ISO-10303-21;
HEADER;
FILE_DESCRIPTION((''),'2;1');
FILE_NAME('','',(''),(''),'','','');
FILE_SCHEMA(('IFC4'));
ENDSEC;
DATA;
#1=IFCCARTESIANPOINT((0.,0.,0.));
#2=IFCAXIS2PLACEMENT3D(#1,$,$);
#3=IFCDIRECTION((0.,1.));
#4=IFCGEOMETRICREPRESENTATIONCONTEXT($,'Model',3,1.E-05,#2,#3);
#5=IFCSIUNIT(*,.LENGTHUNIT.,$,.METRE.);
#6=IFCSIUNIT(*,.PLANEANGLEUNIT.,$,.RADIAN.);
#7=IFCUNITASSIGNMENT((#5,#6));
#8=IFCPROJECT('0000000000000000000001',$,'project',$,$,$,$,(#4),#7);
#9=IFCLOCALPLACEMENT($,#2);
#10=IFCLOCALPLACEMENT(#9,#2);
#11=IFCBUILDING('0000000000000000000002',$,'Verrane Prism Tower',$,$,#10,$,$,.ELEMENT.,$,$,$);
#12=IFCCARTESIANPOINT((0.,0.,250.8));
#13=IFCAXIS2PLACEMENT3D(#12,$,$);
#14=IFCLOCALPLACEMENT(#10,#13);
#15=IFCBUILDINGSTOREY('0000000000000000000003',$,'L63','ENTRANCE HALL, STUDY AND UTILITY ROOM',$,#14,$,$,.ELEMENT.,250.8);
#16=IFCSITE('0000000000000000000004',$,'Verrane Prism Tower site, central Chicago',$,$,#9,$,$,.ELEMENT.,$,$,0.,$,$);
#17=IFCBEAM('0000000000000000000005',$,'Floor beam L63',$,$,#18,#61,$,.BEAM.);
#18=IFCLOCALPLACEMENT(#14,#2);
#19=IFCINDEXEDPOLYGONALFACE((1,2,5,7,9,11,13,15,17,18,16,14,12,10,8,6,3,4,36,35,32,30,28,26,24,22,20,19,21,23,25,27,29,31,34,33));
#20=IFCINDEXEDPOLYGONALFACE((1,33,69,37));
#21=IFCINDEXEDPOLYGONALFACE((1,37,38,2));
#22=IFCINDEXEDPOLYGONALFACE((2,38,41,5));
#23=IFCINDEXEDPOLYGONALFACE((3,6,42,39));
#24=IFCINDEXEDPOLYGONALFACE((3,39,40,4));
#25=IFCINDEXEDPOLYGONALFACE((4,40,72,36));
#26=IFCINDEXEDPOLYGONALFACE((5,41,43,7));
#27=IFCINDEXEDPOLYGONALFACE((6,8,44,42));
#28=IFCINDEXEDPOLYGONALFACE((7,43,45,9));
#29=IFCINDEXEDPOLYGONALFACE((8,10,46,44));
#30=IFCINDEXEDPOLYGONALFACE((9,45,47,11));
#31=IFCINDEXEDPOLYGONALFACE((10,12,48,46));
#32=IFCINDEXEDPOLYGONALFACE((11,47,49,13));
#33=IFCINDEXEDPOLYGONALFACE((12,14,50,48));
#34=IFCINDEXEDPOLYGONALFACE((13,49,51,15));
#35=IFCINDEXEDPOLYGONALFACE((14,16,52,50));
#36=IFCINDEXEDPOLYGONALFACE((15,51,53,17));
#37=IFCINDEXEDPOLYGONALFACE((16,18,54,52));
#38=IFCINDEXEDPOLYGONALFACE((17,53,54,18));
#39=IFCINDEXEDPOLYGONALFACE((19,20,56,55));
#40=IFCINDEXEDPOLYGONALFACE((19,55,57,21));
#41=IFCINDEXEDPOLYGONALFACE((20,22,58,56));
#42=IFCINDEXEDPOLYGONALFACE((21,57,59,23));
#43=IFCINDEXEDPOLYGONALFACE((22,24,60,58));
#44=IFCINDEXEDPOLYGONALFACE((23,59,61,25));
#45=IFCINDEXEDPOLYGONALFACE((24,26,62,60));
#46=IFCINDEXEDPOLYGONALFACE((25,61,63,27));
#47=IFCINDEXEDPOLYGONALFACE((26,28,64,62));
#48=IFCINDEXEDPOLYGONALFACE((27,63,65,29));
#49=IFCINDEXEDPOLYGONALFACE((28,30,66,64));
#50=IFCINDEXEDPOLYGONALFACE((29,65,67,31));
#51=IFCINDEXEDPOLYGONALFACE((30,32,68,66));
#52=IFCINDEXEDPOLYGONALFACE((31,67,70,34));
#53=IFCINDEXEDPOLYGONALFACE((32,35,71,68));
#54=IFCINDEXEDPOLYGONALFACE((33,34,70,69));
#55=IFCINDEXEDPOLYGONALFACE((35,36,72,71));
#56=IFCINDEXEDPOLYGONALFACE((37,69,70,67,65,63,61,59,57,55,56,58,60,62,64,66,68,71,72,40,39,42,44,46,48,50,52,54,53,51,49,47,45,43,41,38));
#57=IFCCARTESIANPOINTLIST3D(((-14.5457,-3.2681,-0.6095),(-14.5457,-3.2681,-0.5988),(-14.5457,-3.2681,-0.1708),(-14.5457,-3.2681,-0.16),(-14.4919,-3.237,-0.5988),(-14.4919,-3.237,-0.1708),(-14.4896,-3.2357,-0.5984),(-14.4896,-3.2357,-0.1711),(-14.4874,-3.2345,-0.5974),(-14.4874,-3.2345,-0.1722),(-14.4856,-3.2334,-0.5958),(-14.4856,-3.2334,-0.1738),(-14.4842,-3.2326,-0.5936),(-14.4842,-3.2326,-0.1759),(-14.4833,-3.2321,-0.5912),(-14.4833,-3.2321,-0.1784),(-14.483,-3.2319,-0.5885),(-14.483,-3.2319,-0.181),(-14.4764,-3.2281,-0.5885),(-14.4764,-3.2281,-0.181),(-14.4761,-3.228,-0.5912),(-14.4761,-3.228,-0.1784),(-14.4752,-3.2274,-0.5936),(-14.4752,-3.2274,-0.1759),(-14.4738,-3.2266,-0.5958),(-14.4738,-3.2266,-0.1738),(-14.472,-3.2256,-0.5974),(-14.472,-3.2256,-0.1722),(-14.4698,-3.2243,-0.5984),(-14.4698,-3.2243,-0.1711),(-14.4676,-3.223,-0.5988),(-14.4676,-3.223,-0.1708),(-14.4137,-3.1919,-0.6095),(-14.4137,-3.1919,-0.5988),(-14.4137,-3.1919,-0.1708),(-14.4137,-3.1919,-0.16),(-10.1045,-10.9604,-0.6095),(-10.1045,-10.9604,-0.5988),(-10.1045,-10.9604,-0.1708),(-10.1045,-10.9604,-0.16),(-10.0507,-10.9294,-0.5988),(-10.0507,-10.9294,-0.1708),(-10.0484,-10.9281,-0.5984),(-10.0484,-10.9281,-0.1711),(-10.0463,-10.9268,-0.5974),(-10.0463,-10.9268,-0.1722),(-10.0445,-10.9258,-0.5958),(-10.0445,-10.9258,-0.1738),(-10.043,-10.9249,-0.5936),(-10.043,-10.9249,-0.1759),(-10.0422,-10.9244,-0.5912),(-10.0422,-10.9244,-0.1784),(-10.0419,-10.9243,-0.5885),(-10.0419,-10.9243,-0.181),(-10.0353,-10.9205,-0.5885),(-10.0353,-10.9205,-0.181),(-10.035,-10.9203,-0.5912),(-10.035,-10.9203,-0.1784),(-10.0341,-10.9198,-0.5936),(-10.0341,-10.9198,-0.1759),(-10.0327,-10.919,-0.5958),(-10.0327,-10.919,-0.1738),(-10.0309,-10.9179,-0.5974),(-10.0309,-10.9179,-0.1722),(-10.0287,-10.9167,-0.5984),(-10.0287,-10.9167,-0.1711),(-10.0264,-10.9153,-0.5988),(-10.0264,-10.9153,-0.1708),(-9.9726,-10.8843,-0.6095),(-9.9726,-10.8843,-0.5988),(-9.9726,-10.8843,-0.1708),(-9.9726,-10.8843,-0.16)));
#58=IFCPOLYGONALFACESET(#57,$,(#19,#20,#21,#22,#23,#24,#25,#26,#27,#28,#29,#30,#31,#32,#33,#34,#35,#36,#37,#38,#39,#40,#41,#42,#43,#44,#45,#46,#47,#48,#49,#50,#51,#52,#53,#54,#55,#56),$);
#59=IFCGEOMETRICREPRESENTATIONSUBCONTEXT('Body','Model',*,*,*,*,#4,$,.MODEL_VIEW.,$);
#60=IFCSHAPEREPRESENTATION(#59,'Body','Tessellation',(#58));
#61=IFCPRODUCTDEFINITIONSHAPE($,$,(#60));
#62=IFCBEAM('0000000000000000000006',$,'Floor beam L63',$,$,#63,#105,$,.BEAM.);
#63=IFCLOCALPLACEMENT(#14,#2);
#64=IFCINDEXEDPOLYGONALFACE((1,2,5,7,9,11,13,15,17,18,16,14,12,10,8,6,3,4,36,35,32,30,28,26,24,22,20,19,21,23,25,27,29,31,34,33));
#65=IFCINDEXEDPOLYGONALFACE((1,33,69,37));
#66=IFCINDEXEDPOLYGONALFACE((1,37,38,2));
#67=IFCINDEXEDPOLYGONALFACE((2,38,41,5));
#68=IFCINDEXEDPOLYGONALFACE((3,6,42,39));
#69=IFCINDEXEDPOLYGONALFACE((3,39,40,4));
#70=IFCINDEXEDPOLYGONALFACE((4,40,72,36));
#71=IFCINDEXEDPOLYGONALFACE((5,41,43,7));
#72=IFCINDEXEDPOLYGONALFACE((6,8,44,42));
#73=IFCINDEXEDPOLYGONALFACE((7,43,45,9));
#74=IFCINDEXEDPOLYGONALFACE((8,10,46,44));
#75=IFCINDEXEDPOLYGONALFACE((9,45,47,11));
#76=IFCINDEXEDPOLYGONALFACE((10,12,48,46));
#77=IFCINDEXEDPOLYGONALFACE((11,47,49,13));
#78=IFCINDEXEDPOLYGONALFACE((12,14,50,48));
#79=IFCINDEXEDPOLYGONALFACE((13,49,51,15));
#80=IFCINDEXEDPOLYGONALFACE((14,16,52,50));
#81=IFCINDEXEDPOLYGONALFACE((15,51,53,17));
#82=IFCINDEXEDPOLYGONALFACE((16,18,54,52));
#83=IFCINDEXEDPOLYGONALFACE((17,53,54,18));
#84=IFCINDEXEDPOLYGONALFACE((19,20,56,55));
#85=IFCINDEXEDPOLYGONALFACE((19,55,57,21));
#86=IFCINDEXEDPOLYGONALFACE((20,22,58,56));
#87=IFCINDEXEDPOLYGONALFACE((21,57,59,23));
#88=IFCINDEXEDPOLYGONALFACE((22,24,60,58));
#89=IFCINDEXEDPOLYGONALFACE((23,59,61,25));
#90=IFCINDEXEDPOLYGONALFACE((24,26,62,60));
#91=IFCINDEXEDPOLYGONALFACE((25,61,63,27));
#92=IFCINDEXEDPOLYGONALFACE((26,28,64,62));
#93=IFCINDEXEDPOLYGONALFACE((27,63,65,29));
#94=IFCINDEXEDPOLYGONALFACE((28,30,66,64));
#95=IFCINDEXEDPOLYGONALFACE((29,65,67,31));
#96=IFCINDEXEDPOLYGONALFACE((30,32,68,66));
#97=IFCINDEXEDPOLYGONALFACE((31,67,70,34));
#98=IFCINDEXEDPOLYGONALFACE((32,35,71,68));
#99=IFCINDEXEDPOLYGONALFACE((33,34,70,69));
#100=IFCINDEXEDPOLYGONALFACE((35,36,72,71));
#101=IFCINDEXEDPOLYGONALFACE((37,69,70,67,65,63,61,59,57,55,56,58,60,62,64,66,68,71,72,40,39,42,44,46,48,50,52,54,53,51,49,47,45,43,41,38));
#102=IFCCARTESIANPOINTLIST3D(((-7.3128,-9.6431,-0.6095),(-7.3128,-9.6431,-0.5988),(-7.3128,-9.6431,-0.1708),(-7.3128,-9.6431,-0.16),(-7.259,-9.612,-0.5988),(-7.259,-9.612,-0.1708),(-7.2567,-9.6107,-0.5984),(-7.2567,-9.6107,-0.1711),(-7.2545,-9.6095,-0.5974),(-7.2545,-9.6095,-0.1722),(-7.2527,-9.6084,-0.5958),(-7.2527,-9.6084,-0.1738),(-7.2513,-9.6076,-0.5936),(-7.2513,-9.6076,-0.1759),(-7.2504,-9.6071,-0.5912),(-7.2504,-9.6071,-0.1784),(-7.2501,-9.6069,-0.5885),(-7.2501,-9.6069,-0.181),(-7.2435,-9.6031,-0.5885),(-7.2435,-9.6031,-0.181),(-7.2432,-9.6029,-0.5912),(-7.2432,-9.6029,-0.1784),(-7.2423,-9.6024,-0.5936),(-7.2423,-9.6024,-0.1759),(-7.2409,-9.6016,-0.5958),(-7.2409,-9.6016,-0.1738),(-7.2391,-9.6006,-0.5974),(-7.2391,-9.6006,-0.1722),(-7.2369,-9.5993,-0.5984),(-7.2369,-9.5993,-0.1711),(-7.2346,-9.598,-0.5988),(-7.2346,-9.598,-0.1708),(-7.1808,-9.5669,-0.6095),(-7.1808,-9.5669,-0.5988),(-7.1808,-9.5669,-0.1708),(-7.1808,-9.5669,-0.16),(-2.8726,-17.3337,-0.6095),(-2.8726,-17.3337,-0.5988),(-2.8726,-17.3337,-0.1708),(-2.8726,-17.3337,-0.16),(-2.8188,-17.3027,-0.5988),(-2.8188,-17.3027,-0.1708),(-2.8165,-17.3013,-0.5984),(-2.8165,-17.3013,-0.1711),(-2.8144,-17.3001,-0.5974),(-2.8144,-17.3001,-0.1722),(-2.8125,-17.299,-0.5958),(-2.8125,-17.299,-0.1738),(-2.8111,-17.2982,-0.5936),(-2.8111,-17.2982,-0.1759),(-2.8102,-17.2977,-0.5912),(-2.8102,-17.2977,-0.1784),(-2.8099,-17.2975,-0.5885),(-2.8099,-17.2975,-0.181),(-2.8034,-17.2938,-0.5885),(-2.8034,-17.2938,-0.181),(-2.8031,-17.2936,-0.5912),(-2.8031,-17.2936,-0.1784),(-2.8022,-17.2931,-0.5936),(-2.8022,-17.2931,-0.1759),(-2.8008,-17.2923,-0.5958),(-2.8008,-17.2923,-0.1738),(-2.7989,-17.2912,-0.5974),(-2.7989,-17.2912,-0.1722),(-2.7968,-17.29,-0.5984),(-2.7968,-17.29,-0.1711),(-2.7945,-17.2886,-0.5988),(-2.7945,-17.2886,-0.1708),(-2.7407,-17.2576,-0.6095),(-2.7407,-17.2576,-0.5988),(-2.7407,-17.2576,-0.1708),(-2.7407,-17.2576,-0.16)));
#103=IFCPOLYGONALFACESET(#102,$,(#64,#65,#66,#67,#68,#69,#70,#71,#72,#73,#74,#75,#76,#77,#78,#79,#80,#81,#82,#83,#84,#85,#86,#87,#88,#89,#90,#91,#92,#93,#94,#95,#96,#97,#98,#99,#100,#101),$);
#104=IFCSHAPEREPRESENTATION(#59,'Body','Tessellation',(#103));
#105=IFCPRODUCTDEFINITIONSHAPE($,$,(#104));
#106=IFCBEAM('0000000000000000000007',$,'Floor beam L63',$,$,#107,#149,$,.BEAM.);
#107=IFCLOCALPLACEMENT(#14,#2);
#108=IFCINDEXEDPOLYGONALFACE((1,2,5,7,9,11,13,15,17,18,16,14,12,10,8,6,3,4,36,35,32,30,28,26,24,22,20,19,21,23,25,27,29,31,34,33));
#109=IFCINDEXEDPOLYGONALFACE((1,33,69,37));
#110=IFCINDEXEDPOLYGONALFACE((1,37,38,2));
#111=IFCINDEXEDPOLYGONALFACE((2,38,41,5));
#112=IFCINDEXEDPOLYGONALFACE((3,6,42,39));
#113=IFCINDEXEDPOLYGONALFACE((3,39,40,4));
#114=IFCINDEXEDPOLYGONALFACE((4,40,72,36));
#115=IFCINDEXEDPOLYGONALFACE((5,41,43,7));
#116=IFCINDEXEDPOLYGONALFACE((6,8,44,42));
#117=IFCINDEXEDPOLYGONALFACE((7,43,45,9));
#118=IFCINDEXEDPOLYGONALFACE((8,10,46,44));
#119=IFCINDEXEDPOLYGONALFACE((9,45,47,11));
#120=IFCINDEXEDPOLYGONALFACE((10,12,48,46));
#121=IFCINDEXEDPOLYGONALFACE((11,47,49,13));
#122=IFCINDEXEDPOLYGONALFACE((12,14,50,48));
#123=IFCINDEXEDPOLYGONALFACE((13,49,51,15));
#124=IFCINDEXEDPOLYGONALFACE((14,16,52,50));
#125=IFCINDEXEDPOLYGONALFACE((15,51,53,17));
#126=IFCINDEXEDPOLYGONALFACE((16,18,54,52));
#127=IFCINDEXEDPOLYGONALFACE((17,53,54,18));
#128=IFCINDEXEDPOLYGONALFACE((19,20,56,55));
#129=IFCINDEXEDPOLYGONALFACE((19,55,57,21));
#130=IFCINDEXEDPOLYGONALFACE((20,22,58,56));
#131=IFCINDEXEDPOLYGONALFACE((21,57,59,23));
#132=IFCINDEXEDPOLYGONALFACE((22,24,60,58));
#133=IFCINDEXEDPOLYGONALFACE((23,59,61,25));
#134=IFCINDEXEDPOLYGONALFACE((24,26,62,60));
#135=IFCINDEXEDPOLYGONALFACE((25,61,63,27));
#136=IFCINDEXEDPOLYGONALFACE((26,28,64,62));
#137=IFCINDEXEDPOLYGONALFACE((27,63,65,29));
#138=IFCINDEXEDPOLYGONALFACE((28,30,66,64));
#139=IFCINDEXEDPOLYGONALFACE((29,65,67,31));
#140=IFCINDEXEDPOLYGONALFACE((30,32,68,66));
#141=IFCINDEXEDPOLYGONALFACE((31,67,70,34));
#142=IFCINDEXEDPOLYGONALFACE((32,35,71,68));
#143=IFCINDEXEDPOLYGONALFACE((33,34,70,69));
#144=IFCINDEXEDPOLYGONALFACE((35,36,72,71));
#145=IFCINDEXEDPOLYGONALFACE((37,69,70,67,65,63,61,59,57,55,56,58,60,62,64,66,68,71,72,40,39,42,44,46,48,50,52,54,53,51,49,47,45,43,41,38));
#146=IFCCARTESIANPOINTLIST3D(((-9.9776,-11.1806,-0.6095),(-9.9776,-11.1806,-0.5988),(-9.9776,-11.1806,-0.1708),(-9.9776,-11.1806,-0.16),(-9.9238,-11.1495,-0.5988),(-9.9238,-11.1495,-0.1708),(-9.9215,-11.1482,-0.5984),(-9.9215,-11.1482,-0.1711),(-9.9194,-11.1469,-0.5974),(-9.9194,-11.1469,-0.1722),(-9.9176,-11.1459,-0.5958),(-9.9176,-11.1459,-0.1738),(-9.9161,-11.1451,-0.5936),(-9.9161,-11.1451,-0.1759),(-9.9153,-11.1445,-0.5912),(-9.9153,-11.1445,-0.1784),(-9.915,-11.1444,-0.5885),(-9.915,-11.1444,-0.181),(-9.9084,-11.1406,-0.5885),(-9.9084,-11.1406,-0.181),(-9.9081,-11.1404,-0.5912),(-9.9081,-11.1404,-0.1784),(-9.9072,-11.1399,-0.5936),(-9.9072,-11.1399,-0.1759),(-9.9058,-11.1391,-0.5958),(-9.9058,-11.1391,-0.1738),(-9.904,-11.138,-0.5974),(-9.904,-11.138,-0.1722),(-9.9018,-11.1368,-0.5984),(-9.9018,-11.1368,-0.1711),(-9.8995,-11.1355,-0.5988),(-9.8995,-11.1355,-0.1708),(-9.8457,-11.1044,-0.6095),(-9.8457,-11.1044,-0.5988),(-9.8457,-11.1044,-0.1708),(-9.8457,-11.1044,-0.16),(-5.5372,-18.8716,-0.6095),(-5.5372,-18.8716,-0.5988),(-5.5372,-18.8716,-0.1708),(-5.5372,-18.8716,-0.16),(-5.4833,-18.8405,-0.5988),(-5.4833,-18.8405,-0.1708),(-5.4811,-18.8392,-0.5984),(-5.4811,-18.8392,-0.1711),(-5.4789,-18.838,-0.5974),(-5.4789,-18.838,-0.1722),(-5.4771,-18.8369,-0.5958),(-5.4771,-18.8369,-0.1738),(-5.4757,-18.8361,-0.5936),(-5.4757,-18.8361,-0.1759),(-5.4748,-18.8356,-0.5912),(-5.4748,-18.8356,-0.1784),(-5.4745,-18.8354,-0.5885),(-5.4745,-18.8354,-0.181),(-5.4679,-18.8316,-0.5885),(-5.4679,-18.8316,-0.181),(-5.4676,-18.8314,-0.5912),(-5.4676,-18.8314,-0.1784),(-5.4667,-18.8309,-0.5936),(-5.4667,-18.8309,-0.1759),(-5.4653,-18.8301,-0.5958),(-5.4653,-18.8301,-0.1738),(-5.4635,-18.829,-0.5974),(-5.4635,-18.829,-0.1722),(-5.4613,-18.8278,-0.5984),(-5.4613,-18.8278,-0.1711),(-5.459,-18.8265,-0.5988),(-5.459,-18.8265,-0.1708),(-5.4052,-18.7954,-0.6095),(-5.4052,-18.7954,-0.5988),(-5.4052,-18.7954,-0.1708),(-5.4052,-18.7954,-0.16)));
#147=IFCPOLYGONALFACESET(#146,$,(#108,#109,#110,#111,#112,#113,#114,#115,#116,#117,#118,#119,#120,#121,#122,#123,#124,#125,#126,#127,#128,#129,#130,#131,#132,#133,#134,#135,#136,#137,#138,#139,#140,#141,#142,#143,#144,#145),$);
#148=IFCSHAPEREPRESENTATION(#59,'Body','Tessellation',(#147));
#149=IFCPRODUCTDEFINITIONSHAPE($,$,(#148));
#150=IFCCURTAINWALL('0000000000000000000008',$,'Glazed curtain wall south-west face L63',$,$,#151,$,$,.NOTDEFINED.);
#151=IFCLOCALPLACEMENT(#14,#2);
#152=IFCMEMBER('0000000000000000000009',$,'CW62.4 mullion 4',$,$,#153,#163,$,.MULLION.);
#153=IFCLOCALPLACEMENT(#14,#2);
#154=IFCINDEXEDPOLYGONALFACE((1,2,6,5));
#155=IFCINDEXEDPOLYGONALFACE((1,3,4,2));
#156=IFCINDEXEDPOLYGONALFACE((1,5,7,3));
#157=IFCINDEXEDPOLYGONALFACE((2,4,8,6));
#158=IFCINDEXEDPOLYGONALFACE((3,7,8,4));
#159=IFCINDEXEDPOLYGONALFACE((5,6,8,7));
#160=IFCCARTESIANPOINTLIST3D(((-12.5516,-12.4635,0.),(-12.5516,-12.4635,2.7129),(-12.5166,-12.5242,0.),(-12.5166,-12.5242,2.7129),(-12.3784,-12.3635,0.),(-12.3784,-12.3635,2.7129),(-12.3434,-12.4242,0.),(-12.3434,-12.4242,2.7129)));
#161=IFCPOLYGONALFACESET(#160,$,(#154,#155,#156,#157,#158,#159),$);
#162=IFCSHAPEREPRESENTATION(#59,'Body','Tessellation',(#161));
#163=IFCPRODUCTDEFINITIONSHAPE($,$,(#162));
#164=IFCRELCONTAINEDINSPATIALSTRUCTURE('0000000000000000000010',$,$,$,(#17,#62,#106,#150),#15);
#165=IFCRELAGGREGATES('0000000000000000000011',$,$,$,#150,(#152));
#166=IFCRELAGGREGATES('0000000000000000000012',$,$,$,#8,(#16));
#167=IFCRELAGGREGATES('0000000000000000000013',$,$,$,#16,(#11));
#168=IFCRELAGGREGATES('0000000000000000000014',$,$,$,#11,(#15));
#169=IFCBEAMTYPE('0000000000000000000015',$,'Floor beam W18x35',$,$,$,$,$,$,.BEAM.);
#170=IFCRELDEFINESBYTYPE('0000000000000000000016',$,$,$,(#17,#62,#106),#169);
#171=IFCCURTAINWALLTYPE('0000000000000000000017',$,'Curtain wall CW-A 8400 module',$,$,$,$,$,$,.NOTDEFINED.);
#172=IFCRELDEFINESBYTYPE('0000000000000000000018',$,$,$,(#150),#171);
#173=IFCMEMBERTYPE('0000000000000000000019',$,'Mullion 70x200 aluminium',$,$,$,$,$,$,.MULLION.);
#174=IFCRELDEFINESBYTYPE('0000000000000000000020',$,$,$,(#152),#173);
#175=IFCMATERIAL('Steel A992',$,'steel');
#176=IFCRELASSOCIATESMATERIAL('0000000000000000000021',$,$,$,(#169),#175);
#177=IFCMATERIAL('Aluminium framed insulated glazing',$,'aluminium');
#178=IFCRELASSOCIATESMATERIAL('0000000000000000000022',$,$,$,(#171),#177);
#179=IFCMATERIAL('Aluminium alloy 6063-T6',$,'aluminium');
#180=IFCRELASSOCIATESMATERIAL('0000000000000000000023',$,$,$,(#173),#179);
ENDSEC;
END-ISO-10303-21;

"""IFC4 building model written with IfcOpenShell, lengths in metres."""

from ifc_helpers import new_model, si_unit, direction, frame, origin, origin_2d, place, context, subcontext, project, spatial, rectangle, i_section, extrude, material, material_profile, profile_set, type_object, element, aggregate, save


model = new_model("IFC4")

# Units and contexts
model_context = context("Model", 3, precision=1e-05, world=origin(), true_north=direction((0.0, 1.0)))
body_context = subcontext(model_context, "Body", "Model", "MODEL_VIEW")
ifc_project = project(units=[si_unit("LENGTHUNIT", "METRE"), si_unit("PLANEANGLEUNIT", "RADIAN")], contexts=[model_context])

# Site, building, storey
site_placement = place(None, origin())
site = spatial("IfcSite", under=ifc_project, at=site_placement, Name="Verrane Prism Tower site, central Chicago", CompositionType="ELEMENT", RefElevation=0.0)
building_placement = place(site_placement, origin())
building = spatial("IfcBuilding", under=site, at=building_placement, Name="Verrane Prism Tower", CompositionType="ELEMENT")
storey_placement = place(building_placement, frame((0.0, 0.0, 250.8)))
storey = spatial("IfcBuildingStorey", under=building, at=storey_placement, Name="L63", Description="ENTRANCE HALL, STUDY AND UTILITY ROOM", CompositionType="ELEMENT", Elevation=250.8)

# Beams
ifc_material_1 = material(Name="Steel A992", Category="steel")
ifc_material_profile_1 = material_profile(ifc_material_1, i_section(OverallWidth=0.1523, OverallDepth=0.4495, WebThickness=0.0076, FlangeThickness=0.0107, FilletRadius=0.0103, at=origin_2d()), Name="W18x35")
ifc_profile_set_1 = profile_set([ifc_material_profile_1], Name="Steel A992")
beam_type_1 = type_object("IfcBeamType", Name="Floor beam W18x35", PredefinedType="BEAM", material=ifc_profile_set_1)
beam_1_placement = place(storey_placement, frame((-10.0386, -10.9224, -0.3848), z_axis=(-0.499997, 0.866027, 0.0), x_axis=(-0.866027, -0.499997, 0.0)))
element("IfcBeam", 1, at=beam_1_placement, inside=storey, type_object=beam_type_1, Name="Floor beam L63", PredefinedType="BEAM", context=body_context, shape_type="SweptSolid", body=[
    extrude(i_section(OverallWidth=0.1523, OverallDepth=0.4495, WebThickness=0.0076, FlangeThickness=0.0107, FilletRadius=0.0103, at=origin_2d()), origin(), (0.0, 0.0, 1.0), 8.8823),
])
beam_2_placement = place(storey_placement, frame((-2.8066, -17.2957, -0.3848), z_axis=(-0.499998, 0.866027, 0.0), x_axis=(-0.866027, -0.499998, 0.0)))
element("IfcBeam", 2, at=beam_2_placement, inside=storey, type_object=beam_type_1, Name="Floor beam L63", PredefinedType="BEAM", context=body_context, shape_type="SweptSolid", body=[
    extrude(i_section(OverallWidth=0.1523, OverallDepth=0.4495, WebThickness=0.0076, FlangeThickness=0.0107, FilletRadius=0.0103, at=origin_2d()), origin(), (0.0, 0.0, 1.0), 8.8804),
])
beam_3_placement = place(storey_placement, frame((-5.4712, -18.8335, -0.3848), z_axis=(-0.500006, 0.866022, 0.0), x_axis=(-0.866022, -0.500006, 0.0)))
element("IfcBeam", 3, at=beam_3_placement, inside=storey, type_object=beam_type_1, Name="Floor beam L63", PredefinedType="BEAM", context=body_context, shape_type="SweptSolid", body=[
    extrude(i_section(OverallWidth=0.1523, OverallDepth=0.4495, WebThickness=0.0076, FlangeThickness=0.0107, FilletRadius=0.0103, at=origin_2d()), origin(), (0.0, 0.0, 1.0), 8.8809),
])

# Curtain wall, member
ifc_material_2 = material(Name="Aluminium framed insulated glazing", Category="aluminium")
curtain_wall_type = type_object("IfcCurtainWallType", Name="Curtain wall CW-A 8400 module", PredefinedType="NOTDEFINED", material=ifc_material_2)
curtain_wall_placement = place(storey_placement, origin())
curtain_wall = element("IfcCurtainWall", 4, at=curtain_wall_placement, inside=storey, type_object=curtain_wall_type, Name="Glazed curtain wall south-west face L63", PredefinedType="NOTDEFINED")
ifc_material_3 = material(Name="Aluminium alloy 6063-T6", Category="aluminium")
ifc_material_profile_2 = material_profile(ifc_material_3, rectangle(XDim=0.2, YDim=0.0701, at=origin_2d()), Name="Mullion 70x200 aluminium")
ifc_profile_set_2 = profile_set([ifc_material_profile_2], Name="Aluminium alloy 6063-T6")
member_type_1 = type_object("IfcMemberType", Name="Mullion 70x200 aluminium", PredefinedType="MULLION", material=ifc_profile_set_2)
member_1_placement = place(storey_placement, frame((-12.4475, -12.4438, 0.0), z_axis=(0.0, 0.0, 1.0), x_axis=(0.866026, 0.5, 0.0)))
member_1 = element("IfcMember", 5, at=member_1_placement, type_object=member_type_1, Name="CW62.4 mullion 4", PredefinedType="MULLION", context=body_context, shape_type="SweptSolid", body=[
    extrude(rectangle(XDim=0.2, YDim=0.0701, at=origin_2d()), origin(), (0.0, 0.0, 1.0), 2.7129),
])

aggregate(curtain_wall, [member_1])

save(model, "model.ifc")
